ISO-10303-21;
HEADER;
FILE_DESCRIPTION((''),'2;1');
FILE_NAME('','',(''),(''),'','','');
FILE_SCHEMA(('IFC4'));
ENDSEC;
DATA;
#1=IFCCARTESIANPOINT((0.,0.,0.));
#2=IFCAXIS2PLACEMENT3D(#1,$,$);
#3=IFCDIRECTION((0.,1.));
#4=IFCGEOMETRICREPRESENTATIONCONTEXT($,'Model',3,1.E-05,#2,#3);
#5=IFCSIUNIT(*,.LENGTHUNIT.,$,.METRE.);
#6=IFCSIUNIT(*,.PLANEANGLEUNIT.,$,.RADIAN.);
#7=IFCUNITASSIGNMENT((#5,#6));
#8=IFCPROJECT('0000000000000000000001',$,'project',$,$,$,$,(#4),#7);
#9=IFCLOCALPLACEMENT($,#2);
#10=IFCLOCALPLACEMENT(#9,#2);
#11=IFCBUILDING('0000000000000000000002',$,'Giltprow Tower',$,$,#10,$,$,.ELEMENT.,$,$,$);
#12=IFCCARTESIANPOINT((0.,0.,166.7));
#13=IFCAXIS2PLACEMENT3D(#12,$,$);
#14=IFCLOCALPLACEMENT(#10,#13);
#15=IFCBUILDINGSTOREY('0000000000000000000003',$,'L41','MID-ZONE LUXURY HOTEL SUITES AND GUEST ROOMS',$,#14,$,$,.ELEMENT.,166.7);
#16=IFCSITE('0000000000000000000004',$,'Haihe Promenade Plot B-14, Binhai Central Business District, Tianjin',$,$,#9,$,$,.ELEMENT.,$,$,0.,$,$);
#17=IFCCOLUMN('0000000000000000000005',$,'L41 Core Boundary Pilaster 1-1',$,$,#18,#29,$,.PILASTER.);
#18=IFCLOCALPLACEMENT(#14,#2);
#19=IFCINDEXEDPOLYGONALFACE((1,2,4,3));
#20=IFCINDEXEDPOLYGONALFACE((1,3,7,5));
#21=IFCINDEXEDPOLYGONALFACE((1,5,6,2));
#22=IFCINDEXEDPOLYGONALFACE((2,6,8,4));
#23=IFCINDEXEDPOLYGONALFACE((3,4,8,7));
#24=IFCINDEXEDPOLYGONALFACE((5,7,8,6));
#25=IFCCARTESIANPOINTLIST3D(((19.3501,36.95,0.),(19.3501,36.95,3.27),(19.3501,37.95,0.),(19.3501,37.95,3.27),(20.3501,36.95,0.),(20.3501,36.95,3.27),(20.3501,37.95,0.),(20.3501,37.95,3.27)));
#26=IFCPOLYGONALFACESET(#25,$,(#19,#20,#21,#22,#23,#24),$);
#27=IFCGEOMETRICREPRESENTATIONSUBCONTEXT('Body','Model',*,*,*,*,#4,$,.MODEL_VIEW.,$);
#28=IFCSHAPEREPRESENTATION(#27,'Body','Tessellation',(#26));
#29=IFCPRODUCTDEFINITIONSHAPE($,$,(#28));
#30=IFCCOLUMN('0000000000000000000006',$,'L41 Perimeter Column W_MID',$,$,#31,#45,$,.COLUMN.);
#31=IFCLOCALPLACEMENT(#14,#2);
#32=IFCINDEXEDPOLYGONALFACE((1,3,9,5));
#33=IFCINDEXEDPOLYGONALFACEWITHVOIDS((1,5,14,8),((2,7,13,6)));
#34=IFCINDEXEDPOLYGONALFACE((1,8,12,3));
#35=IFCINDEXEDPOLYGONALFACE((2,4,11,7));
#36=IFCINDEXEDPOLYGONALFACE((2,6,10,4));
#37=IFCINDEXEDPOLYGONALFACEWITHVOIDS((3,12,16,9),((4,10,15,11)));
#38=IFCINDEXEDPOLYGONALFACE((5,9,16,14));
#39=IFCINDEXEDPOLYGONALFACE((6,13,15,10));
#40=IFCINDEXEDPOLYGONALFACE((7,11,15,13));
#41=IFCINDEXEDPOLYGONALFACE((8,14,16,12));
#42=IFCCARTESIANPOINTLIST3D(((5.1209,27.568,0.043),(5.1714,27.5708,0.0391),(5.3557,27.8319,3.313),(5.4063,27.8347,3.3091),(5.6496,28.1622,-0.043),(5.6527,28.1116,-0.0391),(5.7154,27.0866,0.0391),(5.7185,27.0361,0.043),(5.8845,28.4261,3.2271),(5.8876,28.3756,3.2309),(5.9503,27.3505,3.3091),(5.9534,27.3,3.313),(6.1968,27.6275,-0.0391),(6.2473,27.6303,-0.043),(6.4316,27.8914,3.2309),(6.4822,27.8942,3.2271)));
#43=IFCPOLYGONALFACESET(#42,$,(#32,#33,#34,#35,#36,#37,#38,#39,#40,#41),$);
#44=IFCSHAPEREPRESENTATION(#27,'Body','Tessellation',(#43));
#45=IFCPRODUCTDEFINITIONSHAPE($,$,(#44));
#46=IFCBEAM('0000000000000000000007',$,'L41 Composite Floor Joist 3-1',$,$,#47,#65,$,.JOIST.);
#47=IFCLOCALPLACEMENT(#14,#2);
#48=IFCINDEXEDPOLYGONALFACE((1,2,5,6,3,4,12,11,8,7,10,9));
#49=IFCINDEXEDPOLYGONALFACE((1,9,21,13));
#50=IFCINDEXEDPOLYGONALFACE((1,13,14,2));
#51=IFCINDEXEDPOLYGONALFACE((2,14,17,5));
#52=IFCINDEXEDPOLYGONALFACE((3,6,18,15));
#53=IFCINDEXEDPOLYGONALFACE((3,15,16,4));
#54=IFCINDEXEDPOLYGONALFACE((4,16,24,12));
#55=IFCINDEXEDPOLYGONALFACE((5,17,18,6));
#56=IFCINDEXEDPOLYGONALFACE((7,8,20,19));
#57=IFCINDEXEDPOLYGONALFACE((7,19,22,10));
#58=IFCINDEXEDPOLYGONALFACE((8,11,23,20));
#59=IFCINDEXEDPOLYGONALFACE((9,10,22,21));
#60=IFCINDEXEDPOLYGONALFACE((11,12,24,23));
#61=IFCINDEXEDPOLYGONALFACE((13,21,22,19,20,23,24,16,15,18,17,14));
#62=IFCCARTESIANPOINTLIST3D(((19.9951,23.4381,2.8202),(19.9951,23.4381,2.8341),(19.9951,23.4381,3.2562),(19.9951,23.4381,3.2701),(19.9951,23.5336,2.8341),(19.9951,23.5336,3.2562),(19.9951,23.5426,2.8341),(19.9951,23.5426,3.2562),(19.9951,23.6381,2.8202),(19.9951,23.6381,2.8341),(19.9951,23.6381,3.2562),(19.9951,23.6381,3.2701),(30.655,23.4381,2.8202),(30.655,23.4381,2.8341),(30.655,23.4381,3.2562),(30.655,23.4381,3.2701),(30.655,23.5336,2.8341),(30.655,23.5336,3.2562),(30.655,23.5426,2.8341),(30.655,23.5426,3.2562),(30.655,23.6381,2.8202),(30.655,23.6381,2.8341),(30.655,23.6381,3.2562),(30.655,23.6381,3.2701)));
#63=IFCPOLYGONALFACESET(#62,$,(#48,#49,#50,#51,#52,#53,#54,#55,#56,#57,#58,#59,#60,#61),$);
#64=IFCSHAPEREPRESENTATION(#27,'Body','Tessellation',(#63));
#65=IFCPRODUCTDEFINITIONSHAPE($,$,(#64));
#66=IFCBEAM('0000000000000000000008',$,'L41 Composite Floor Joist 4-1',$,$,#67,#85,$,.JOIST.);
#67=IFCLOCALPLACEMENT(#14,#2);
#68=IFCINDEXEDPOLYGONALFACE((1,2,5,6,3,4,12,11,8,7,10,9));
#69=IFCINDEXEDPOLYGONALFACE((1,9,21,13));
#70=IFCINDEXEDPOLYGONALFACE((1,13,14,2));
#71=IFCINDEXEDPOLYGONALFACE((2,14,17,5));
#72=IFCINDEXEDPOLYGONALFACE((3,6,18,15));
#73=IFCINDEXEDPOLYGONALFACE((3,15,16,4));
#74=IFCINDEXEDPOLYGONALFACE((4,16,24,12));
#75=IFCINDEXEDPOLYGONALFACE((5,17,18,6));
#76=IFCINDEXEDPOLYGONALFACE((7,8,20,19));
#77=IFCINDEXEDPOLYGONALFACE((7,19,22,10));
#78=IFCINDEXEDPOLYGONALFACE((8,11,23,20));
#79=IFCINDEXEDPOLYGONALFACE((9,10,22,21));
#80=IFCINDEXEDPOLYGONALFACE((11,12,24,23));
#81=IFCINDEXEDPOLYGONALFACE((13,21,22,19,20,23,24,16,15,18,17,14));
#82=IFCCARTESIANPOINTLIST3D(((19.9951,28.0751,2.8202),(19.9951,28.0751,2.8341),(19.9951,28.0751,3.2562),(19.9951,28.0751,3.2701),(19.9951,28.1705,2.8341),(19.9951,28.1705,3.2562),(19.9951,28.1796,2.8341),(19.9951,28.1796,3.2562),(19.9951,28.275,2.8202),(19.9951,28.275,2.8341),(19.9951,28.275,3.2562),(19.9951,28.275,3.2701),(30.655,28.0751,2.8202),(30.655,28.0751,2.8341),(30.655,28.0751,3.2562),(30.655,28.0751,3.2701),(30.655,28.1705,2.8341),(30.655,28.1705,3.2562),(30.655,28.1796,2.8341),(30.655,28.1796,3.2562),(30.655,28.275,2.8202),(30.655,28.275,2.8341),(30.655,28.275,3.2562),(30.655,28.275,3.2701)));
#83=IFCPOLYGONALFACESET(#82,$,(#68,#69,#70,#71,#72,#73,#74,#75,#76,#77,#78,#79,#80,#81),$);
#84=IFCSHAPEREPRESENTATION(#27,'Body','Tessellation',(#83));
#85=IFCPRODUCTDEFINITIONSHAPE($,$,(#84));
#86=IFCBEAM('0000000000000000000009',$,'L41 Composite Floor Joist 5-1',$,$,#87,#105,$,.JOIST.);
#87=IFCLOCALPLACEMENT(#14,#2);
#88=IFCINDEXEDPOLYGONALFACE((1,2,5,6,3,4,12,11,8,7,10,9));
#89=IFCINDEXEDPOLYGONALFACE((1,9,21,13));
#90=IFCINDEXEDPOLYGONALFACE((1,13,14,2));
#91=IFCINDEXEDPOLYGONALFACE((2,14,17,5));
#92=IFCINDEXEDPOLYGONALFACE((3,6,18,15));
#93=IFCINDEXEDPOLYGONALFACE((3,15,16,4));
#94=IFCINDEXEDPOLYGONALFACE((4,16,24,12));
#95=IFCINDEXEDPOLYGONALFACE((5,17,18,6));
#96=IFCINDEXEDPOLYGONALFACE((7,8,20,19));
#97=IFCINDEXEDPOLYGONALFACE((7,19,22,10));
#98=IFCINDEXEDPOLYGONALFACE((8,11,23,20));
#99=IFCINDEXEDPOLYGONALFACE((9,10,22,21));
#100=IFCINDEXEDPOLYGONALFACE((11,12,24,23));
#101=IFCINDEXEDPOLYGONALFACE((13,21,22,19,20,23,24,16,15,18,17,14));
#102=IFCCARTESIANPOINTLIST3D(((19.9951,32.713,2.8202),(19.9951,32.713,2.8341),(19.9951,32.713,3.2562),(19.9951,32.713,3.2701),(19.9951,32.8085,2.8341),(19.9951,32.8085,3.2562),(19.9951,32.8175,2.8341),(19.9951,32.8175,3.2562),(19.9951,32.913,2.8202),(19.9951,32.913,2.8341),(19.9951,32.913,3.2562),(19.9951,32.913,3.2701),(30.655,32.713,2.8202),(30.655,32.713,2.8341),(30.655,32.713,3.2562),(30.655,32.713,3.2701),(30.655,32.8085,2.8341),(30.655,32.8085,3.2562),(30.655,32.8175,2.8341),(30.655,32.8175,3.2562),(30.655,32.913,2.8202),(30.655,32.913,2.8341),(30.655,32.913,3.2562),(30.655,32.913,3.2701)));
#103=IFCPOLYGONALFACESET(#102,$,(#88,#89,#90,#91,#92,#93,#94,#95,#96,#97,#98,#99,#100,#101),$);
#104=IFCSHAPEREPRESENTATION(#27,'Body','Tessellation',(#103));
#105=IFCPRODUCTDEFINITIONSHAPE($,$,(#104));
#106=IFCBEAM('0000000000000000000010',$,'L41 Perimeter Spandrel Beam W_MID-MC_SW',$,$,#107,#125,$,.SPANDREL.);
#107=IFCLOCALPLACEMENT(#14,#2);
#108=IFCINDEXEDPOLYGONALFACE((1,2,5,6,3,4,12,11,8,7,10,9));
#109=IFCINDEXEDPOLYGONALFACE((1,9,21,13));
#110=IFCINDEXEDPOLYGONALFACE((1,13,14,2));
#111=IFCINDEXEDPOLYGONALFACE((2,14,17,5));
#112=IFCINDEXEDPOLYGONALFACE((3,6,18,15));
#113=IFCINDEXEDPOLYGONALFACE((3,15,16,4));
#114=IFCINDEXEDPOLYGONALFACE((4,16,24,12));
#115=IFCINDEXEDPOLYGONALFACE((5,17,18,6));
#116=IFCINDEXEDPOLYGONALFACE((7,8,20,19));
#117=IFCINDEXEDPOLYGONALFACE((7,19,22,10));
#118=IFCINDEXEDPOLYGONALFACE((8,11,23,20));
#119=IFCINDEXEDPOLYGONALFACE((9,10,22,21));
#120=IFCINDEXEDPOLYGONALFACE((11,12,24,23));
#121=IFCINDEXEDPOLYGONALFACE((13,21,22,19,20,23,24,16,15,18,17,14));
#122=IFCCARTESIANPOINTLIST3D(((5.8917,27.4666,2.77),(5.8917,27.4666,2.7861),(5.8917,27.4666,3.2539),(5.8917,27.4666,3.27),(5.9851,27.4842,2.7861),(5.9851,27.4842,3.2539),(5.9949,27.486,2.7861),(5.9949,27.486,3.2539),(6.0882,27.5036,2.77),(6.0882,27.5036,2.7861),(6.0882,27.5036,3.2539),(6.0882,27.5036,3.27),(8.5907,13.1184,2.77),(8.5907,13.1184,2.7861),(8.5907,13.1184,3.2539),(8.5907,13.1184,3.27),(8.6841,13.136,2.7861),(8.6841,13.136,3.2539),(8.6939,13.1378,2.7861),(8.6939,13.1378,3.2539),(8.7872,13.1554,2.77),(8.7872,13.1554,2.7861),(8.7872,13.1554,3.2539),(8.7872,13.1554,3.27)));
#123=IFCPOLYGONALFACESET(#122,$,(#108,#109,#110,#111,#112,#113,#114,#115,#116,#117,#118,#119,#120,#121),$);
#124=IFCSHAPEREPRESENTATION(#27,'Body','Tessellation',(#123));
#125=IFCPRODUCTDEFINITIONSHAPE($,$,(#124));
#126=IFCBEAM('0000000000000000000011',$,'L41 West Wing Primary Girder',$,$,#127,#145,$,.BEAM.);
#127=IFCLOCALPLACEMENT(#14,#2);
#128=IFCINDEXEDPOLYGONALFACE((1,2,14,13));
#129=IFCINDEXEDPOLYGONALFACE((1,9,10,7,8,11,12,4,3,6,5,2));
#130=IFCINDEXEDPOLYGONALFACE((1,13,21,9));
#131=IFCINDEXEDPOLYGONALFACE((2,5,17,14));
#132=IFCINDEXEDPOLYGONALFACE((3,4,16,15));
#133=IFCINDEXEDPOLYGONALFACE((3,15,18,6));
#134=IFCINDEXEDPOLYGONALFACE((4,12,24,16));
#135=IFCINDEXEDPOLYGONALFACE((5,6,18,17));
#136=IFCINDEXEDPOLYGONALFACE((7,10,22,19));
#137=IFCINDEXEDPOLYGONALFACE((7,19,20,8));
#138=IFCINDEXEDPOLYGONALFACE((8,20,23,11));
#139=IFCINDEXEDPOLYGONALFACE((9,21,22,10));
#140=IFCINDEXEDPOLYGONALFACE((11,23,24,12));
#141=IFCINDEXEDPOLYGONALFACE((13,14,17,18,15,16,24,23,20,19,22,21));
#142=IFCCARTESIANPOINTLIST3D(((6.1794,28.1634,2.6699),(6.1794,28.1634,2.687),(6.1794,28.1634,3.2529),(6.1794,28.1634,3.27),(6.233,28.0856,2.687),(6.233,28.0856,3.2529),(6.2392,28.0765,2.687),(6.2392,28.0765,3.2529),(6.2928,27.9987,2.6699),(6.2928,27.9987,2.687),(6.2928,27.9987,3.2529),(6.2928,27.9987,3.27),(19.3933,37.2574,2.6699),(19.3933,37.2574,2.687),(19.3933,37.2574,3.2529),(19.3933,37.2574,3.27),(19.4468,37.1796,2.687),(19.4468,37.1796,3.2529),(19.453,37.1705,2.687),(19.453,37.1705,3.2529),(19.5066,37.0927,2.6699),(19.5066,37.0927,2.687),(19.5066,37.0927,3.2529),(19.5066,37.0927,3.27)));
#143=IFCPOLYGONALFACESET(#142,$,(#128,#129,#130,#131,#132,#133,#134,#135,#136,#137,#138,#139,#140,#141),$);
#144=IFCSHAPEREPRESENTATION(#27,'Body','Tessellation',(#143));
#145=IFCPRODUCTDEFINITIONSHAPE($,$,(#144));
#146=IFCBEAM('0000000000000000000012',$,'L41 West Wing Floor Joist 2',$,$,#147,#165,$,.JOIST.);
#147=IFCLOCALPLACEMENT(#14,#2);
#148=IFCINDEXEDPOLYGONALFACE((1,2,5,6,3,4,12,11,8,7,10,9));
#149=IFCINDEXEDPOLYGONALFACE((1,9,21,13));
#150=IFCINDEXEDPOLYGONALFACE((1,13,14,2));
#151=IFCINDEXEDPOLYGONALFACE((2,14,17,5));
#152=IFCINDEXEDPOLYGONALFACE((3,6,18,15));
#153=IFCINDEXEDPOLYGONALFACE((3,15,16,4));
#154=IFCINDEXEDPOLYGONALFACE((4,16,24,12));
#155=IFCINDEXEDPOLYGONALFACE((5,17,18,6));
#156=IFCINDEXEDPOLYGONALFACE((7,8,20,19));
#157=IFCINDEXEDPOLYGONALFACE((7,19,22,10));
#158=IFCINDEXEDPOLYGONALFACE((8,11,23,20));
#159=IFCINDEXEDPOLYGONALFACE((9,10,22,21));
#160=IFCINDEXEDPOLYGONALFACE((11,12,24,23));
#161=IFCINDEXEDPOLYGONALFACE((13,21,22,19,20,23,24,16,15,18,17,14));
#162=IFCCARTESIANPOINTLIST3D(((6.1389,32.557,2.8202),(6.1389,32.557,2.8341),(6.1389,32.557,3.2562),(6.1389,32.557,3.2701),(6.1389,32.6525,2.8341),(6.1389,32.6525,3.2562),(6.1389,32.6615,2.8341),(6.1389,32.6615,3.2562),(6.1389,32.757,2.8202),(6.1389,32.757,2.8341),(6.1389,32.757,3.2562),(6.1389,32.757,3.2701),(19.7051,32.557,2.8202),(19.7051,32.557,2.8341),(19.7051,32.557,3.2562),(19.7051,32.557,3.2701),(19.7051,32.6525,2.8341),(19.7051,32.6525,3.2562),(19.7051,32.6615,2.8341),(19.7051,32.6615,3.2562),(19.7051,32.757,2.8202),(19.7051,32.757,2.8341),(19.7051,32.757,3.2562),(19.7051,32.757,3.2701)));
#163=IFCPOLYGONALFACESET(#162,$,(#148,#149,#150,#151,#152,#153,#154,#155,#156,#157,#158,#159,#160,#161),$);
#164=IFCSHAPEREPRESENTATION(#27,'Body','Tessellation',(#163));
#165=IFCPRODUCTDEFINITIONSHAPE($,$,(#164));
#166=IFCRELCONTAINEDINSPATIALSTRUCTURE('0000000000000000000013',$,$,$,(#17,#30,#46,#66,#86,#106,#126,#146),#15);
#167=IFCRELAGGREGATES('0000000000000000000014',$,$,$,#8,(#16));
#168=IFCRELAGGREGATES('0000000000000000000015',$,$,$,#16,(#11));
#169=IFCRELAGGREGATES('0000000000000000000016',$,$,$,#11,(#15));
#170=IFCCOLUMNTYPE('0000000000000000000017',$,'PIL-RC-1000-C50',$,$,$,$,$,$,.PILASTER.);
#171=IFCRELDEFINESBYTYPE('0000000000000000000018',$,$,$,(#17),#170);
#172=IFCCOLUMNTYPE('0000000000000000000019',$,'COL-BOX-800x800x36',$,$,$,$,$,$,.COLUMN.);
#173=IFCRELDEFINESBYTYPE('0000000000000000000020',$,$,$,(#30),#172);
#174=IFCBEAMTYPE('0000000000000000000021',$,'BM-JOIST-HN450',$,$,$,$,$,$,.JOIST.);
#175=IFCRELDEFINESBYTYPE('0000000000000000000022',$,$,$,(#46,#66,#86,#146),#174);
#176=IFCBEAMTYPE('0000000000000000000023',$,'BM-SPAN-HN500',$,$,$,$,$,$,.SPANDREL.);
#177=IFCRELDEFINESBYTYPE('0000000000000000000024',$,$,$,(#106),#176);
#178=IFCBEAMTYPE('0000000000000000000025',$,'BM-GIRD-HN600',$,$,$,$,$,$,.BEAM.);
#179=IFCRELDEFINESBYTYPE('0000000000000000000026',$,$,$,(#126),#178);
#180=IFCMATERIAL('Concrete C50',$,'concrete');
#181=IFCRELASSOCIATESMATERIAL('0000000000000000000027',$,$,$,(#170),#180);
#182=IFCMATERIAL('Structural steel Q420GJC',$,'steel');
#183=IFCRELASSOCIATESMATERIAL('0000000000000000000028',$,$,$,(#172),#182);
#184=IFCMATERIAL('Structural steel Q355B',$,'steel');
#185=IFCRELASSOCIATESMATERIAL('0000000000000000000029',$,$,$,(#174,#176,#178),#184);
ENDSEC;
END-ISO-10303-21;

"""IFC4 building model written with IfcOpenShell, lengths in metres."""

from ifc_helpers import new_model, si_unit, direction, frame, origin, origin_2d, place, context, subcontext, project, spatial, rectangle, hollow_rectangle, i_section, extrude, source, transform, mapped, material, material_profile, profile_set, type_object, element, save


model = new_model("IFC4")

# Units and contexts
model_context = context("Model", 3, precision=1e-05, world=origin(), true_north=direction((0.0, 1.0)))
body_context = subcontext(model_context, "Body", "Model", "MODEL_VIEW")
ifc_project = project(units=[si_unit("LENGTHUNIT", "METRE"), si_unit("PLANEANGLEUNIT", "RADIAN")], contexts=[model_context])

# Site, building, storey
site_placement = place(None, origin())
site = spatial("IfcSite", under=ifc_project, at=site_placement, Name="Haihe Promenade Plot B-14, Binhai Central Business District, Tianjin", CompositionType="ELEMENT", RefElevation=0.0)
building_placement = place(site_placement, origin())
building = spatial("IfcBuilding", under=site, at=building_placement, Name="Giltprow Tower", CompositionType="ELEMENT")
storey_placement = place(building_placement, frame((0.0, 0.0, 166.7)))
storey = spatial("IfcBuildingStorey", under=building, at=storey_placement, Name="L41", Description="MID-ZONE LUXURY HOTEL SUITES AND GUEST ROOMS", CompositionType="ELEMENT", Elevation=166.7)

# Columns
ifc_material_1 = material(Name="Concrete C50", Category="concrete")
ifc_material_profile_1 = material_profile(ifc_material_1, rectangle(XDim=1.0, YDim=1.0, at=origin_2d()), Name="RC 1000x1000")
ifc_profile_set_1 = profile_set([ifc_material_profile_1], Name="Concrete C50")
column_type_1 = type_object("IfcColumnType", Name="PIL-RC-1000-C50", PredefinedType="PILASTER", material=ifc_profile_set_1)
shared_shape_1 = source(origin(), body_context, "Body", "SweptSolid", [
    extrude(rectangle(XDim=1.0, YDim=1.0, at=origin_2d()), origin(), (0.0, 0.0, 1.0), 3.27),
])
column_1_placement = place(storey_placement, frame((19.8501, 37.45, 0.0), z_axis=(0.0, 0.0, 1.0), x_axis=(1.0, 0.0, 0.0)))
element("IfcColumn", 1, at=column_1_placement, inside=storey, type_object=column_type_1, Name="L41 Core Boundary Pilaster 1-1", PredefinedType="PILASTER", context=body_context, shape_type="MappedRepresentation", body=[
    mapped(shared_shape_1, transform((0.0, 0.0, 0.0), x_axis=(1.0, 0.0, 0.0), y_axis=(0.0, 1.0, 0.0), z_axis=(0.0, 0.0, 1.0), scale=1.0)),
])
ifc_material_2 = material(Name="Structural steel Q420GJC", Category="steel")
ifc_material_profile_2 = material_profile(ifc_material_2, hollow_rectangle(XDim=0.8, YDim=0.8, WallThickness=0.0359, at=origin_2d()), Name="BOX 800x800x36")
ifc_profile_set_2 = profile_set([ifc_material_profile_2], Name="Structural steel Q420GJC")
column_type_2 = type_object("IfcColumnType", Name="COL-BOX-800x800x36", PredefinedType="COLUMN", material=ifc_profile_set_2)
shared_shape_2 = source(origin(), body_context, "Body", "SweptSolid", [
    extrude(hollow_rectangle(XDim=0.8, YDim=0.8, WallThickness=0.0359, at=origin_2d()), origin(), (0.0, 0.0, 1.0), 3.2891),
])
column_2_placement = place(storey_placement, frame((5.6841, 27.5991, 0.0), z_axis=(0.071408, 0.080241, 0.994214), x_axis=(-0.747028, 0.664793, 0.0)))
element("IfcColumn", 2, at=column_2_placement, inside=storey, type_object=column_type_2, Name="L41 Perimeter Column W_MID", PredefinedType="COLUMN", context=body_context, shape_type="MappedRepresentation", body=[
    mapped(shared_shape_2, transform((0.0, 0.0, 0.0), x_axis=(1.0, 0.0, 0.0), y_axis=(0.0, 1.0, 0.0), z_axis=(0.0, 0.0, 1.0), scale=1.0)),
])

# Beams
ifc_material_3 = material(Name="Structural steel Q355B", Category="steel")
ifc_material_profile_3 = material_profile(ifc_material_3, i_section(OverallWidth=0.2, OverallDepth=0.45, WebThickness=0.009, FlangeThickness=0.0139, at=origin_2d()), Name="HN 450x200x9x14")
ifc_profile_set_3 = profile_set([ifc_material_profile_3], Name="Structural steel Q355B")
beam_type_1 = type_object("IfcBeamType", Name="BM-JOIST-HN450", PredefinedType="JOIST", material=ifc_profile_set_3)
shared_shape_3 = source(origin(), body_context, "Body", "SweptSolid", [
    extrude(i_section(OverallWidth=0.2, OverallDepth=0.45, WebThickness=0.009, FlangeThickness=0.0139, at=origin_2d()), origin(), (0.0, 0.0, 1.0), 10.6599),
])
for number, where, z_axis, x_axis, name in (
    (3, (19.9951, 23.5381, 3.0452), (1.0, 0.0, 0.0), (0.0, 1.0, 0.0), "L41 Composite Floor Joist 3-1"),
    (4, (19.9951, 28.175, 3.0452), (1.0, 0.0, 0.0), (0.0, 1.0, 0.0), "L41 Composite Floor Joist 4-1"),
    (5, (19.9951, 32.813, 3.0452), (1.0, 0.0, 0.0), (0.0, 1.0, 0.0), "L41 Composite Floor Joist 5-1"),
):
    element("IfcBeam", number, at=place(storey_placement, frame(where, z_axis=z_axis, x_axis=x_axis)), inside=storey, type_object=beam_type_1, Name=name, PredefinedType="JOIST", context=body_context, shape_type="MappedRepresentation", body=[
        mapped(shared_shape_3, transform((0.0, 0.0, 0.0), x_axis=(1.0, 0.0, 0.0), y_axis=(0.0, 1.0, 0.0), z_axis=(0.0, 0.0, 1.0), scale=1.0)),
    ])
ifc_material_profile_4 = material_profile(ifc_material_3, i_section(OverallWidth=0.2, OverallDepth=0.5, WebThickness=0.01, FlangeThickness=0.0161, at=origin_2d()), Name="HN 500x200x10x16")
ifc_profile_set_4 = profile_set([ifc_material_profile_4], Name="Structural steel Q355B")
beam_type_2 = type_object("IfcBeamType", Name="BM-SPAN-HN500", PredefinedType="SPANDREL", material=ifc_profile_set_4)
shared_shape_4 = source(origin(), body_context, "Body", "SweptSolid", [
    extrude(i_section(OverallWidth=0.2, OverallDepth=0.5, WebThickness=0.01, FlangeThickness=0.0161, at=origin_2d()), origin(), (0.0, 0.0, 1.0), 14.5999),
])
beam_1_placement = place(storey_placement, frame((5.99, 27.4851, 3.02), z_axis=(0.184864, -0.982764, 0.0), x_axis=(0.982764, 0.184864, 0.0)))
element("IfcBeam", 6, at=beam_1_placement, inside=storey, type_object=beam_type_2, Name="L41 Perimeter Spandrel Beam W_MID-MC_SW", PredefinedType="SPANDREL", context=body_context, shape_type="MappedRepresentation", body=[
    mapped(shared_shape_4, transform((0.0, 0.0, 0.0), x_axis=(1.0, 0.0, 0.0), y_axis=(0.0, 1.0, 0.0), z_axis=(0.0, 0.0, 1.0), scale=1.0)),
])
ifc_material_profile_5 = material_profile(ifc_material_3, i_section(OverallWidth=0.2, OverallDepth=0.6001, WebThickness=0.011, FlangeThickness=0.0171, at=origin_2d()), Name="HN 600x200x11x17")
ifc_profile_set_5 = profile_set([ifc_material_profile_5], Name="Structural steel Q355B")
beam_type_3 = type_object("IfcBeamType", Name="BM-GIRD-HN600", PredefinedType="BEAM", material=ifc_profile_set_5)
shared_shape_5 = source(origin(), body_context, "Body", "SweptSolid", [
    extrude(i_section(OverallWidth=0.2, OverallDepth=0.6001, WebThickness=0.011, FlangeThickness=0.0171, at=origin_2d()), origin(), (0.0, 0.0, 1.0), 16.0408),
])
beam_2_placement = place(storey_placement, frame((6.2361, 28.0811, 2.97), z_axis=(0.823766, 0.566929, 0.0), x_axis=(-0.566929, 0.823766, 0.0)))
element("IfcBeam", 7, at=beam_2_placement, inside=storey, type_object=beam_type_3, Name="L41 West Wing Primary Girder", PredefinedType="BEAM", context=body_context, shape_type="MappedRepresentation", body=[
    mapped(shared_shape_5, transform((0.0, 0.0, 0.0), x_axis=(1.0, 0.0, 0.0), y_axis=(0.0, 1.0, 0.0), z_axis=(0.0, 0.0, 1.0), scale=1.0)),
])
shared_shape_6 = source(origin(), body_context, "Body", "SweptSolid", [
    extrude(i_section(OverallWidth=0.2, OverallDepth=0.45, WebThickness=0.009, FlangeThickness=0.0139, at=origin_2d()), origin(), (0.0, 0.0, 1.0), 13.5662),
])
beam_3_placement = place(storey_placement, frame((6.1389, 32.657, 3.0452), z_axis=(1.0, 0.0, 0.0), x_axis=(0.0, 1.0, 0.0)))
element("IfcBeam", 8, at=beam_3_placement, inside=storey, type_object=beam_type_1, Name="L41 West Wing Floor Joist 2", PredefinedType="JOIST", context=body_context, shape_type="MappedRepresentation", body=[
    mapped(shared_shape_6, transform((0.0, 0.0, 0.0), x_axis=(1.0, 0.0, 0.0), y_axis=(0.0, 1.0, 0.0), z_axis=(0.0, 0.0, 1.0), scale=1.0)),
])

save(model, "model.ifc")
